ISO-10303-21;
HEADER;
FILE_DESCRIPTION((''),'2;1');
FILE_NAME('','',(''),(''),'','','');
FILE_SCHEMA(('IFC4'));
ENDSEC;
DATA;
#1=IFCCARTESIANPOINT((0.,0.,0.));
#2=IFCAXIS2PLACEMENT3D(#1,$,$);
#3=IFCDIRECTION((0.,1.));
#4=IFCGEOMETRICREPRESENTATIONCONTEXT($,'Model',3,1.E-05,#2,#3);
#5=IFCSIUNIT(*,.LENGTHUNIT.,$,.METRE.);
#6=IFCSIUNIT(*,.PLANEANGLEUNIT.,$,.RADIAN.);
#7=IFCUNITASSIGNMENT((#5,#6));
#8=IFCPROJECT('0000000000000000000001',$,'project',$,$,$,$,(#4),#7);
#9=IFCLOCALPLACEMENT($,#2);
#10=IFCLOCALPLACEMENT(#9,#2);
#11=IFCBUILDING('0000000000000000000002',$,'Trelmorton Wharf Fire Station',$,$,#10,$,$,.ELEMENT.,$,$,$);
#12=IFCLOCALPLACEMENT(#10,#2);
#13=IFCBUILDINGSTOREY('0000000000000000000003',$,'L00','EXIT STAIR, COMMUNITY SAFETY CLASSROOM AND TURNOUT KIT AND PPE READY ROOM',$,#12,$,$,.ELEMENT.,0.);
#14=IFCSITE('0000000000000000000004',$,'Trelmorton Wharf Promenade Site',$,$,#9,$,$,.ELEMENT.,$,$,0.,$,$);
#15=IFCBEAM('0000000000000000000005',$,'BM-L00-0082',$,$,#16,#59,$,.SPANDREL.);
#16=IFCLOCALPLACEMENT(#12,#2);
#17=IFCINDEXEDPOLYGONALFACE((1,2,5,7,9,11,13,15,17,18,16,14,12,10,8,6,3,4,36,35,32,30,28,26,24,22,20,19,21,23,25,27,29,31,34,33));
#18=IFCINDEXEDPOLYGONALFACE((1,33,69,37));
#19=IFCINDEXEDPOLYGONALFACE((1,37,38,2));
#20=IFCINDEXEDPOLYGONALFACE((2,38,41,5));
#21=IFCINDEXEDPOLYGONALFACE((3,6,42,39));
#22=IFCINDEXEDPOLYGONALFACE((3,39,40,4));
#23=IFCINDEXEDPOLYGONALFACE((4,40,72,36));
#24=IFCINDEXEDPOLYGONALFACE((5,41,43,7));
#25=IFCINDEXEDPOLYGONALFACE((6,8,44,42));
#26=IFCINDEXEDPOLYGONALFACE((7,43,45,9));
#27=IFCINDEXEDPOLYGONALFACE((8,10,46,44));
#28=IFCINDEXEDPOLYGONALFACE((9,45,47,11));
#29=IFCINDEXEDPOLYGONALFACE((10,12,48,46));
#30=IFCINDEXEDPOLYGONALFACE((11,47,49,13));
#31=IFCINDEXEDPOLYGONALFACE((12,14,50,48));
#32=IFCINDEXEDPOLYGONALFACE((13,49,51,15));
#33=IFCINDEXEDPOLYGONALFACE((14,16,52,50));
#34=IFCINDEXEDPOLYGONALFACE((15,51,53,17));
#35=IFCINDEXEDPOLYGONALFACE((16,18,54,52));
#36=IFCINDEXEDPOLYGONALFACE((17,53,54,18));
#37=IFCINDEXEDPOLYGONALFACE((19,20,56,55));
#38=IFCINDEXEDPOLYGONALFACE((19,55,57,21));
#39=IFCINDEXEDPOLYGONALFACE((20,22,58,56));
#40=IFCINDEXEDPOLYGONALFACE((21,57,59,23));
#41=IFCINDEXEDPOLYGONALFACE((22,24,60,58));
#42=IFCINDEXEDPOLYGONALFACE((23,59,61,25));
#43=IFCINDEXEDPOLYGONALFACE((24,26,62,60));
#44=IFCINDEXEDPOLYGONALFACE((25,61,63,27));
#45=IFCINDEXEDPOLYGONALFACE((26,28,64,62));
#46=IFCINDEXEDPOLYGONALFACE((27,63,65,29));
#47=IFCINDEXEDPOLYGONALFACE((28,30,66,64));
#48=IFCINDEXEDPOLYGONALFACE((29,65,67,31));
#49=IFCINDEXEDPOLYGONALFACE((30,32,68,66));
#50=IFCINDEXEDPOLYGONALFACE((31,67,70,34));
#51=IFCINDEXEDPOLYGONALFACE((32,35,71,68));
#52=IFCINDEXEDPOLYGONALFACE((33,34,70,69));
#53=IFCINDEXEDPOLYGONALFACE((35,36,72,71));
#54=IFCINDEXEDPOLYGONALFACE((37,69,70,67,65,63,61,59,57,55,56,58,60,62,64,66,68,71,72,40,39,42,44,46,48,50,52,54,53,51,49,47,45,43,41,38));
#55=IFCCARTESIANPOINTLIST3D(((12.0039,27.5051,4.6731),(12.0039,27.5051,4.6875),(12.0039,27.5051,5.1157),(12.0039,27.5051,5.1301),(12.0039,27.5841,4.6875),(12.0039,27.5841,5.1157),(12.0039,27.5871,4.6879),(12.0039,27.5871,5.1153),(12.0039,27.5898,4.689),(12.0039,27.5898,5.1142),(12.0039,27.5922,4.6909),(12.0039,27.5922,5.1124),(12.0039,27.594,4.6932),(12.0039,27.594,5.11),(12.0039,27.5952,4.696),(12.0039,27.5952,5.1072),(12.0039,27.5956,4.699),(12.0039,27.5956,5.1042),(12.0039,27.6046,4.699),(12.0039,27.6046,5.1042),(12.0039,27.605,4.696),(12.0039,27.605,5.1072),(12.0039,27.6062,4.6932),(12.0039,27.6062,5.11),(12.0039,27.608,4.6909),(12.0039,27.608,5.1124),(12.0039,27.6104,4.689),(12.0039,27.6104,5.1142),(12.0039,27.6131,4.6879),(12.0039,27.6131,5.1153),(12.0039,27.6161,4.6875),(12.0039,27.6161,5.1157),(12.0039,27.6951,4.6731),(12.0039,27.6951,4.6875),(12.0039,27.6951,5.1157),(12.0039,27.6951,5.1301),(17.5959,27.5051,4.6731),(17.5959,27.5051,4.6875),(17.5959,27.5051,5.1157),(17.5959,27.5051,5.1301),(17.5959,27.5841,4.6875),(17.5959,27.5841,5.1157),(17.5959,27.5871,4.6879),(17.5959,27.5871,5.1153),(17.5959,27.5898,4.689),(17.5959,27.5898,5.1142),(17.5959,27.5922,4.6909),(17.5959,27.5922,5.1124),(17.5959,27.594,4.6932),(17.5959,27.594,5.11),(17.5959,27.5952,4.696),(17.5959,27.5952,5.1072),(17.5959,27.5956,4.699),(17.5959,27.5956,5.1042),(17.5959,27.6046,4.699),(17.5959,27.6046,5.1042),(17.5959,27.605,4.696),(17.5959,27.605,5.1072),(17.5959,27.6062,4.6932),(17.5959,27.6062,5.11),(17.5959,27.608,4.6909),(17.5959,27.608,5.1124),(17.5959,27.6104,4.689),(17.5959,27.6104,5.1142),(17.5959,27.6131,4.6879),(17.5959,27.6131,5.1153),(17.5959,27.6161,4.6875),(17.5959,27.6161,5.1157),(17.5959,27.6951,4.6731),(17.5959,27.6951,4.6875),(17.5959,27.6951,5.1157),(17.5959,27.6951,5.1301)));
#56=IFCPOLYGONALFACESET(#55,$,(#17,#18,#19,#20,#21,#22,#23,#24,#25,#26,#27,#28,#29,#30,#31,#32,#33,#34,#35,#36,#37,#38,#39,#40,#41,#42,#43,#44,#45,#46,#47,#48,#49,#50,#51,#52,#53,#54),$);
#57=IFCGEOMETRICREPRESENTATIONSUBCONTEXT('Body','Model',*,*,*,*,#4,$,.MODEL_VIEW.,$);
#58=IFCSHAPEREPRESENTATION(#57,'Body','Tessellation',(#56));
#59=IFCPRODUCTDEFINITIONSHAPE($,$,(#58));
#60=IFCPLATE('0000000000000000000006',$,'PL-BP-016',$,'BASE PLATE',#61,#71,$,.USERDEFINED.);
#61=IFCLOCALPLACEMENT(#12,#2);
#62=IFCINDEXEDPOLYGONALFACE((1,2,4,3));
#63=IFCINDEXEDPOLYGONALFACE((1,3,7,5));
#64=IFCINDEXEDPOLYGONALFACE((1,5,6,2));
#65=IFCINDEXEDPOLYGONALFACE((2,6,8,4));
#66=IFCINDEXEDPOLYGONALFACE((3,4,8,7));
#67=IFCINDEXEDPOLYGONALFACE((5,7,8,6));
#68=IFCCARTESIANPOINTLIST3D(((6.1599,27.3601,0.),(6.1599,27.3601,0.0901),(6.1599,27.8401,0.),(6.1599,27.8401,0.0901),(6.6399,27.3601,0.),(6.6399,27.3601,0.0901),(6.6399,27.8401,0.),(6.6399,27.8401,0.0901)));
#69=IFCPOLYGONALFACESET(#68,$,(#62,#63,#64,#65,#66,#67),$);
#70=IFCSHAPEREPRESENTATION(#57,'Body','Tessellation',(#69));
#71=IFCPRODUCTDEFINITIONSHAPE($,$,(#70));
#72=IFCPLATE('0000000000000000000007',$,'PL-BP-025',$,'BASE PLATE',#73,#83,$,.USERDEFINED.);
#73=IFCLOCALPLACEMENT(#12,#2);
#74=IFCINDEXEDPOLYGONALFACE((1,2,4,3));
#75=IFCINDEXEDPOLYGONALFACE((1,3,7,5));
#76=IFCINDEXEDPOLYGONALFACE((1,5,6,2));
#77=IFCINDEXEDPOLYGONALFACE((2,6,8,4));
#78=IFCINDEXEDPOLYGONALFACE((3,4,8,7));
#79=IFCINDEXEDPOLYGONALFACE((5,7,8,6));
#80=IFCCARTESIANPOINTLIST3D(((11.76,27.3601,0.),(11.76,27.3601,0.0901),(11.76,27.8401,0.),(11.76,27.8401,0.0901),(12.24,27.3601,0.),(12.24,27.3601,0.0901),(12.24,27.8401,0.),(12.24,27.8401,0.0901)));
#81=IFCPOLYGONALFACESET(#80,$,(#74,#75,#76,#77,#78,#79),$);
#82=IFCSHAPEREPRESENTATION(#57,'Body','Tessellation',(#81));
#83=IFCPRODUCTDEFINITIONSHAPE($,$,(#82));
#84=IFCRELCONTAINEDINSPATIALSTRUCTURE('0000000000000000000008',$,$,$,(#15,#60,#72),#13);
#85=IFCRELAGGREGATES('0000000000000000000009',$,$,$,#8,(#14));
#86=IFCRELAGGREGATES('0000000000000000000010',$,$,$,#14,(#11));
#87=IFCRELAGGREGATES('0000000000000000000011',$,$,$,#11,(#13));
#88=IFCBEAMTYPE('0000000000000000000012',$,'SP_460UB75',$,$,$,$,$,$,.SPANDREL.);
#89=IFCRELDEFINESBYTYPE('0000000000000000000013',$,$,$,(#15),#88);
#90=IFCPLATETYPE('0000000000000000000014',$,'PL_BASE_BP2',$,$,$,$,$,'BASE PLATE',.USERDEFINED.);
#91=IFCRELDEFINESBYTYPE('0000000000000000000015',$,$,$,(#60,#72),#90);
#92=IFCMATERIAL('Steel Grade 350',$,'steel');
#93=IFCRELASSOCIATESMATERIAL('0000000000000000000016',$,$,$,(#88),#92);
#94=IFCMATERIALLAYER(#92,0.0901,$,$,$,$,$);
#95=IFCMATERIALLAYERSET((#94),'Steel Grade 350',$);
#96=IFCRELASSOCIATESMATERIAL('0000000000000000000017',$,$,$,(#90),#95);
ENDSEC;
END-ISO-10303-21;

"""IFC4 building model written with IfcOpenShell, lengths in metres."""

from ifc_helpers import new_model, si_unit, direction, frame, origin, origin_2d, place, context, subcontext, project, spatial, rectangle, i_section, extrude, material, layer, layer_set, material_profile, profile_set, type_object, element, save


model = new_model("IFC4")

# Units and contexts
model_context = context("Model", 3, precision=1e-05, world=origin(), true_north=direction((0.0, 1.0)))
body_context = subcontext(model_context, "Body", "Model", "MODEL_VIEW")
ifc_project = project(units=[si_unit("LENGTHUNIT", "METRE"), si_unit("PLANEANGLEUNIT", "RADIAN")], contexts=[model_context])

# Site, building, storey
site_placement = place(None, origin())
site = spatial("IfcSite", under=ifc_project, at=site_placement, Name="Trelmorton Wharf Promenade Site", CompositionType="ELEMENT", RefElevation=0.0)
building_placement = place(site_placement, origin())
building = spatial("IfcBuilding", under=site, at=building_placement, Name="Trelmorton Wharf Fire Station", CompositionType="ELEMENT")
storey_placement = place(building_placement, origin())
storey = spatial("IfcBuildingStorey", under=building, at=storey_placement, Name="L00", Description="EXIT STAIR, COMMUNITY SAFETY CLASSROOM AND TURNOUT KIT AND PPE READY ROOM", CompositionType="ELEMENT", Elevation=0.0)

# Shared definitions
ifc_material_1 = material(Name="Steel Grade 350", Category="steel")

# Beam
ifc_material_profile_1 = material_profile(ifc_material_1, i_section(OverallWidth=0.1899, OverallDepth=0.457, WebThickness=0.009, FlangeThickness=0.0144, FilletRadius=0.0115, at=origin_2d()), Name="460UB74.6")
ifc_profile_set_1 = profile_set([ifc_material_profile_1], Name="Steel Grade 350")
beam_type_1 = type_object("IfcBeamType", Name="SP_460UB75", PredefinedType="SPANDREL", material=ifc_profile_set_1)
for number, where, z_axis, x_axis, name in (
    (1, (12.0039, 27.6001, 4.9016), (1.0, 0.0, 0.0), (0.0, 1.0, 0.0), "BM-L00-0082"),
):
    element("IfcBeam", number, at=place(storey_placement, frame(where, z_axis=z_axis, x_axis=x_axis)), inside=storey, type_object=beam_type_1, Name=name, PredefinedType="SPANDREL", context=body_context, shape_type="SweptSolid", body=[
        extrude(i_section(OverallWidth=0.1899, OverallDepth=0.457, WebThickness=0.009, FlangeThickness=0.0144, FilletRadius=0.0115, at=origin_2d()), origin(), (0.0, 0.0, 1.0), 5.592),
    ])

# Plates
ifc_layer_1 = layer(ifc_material_1, 0.0901)
ifc_layer_set_1 = layer_set([ifc_layer_1], Name="Steel Grade 350")
plate_type = type_object("IfcPlateType", Name="PL_BASE_BP2", ElementType="BASE PLATE", PredefinedType="USERDEFINED", material=ifc_layer_set_1)
for number, where, z_axis, x_axis, name in (
    (2, (6.3999, 27.6001, 0.0), (0.0, 0.0, 1.0), (1.0, 0.0, 0.0), "PL-BP-016"),
    (3, (12.0, 27.6001, 0.0), (0.0, 0.0, 1.0), (1.0, 0.0, 0.0), "PL-BP-025"),
):
    element("IfcPlate", number, at=place(storey_placement, frame(where, z_axis=z_axis, x_axis=x_axis)), inside=storey, type_object=plate_type, Name=name, ObjectType="BASE PLATE", PredefinedType="USERDEFINED", context=body_context, shape_type="SweptSolid", body=[
        extrude(rectangle(XDim=0.48, YDim=0.48, at=origin_2d()), origin(), (0.0, 0.0, 1.0), 0.0901),
    ])

save(model, "model.ifc")
